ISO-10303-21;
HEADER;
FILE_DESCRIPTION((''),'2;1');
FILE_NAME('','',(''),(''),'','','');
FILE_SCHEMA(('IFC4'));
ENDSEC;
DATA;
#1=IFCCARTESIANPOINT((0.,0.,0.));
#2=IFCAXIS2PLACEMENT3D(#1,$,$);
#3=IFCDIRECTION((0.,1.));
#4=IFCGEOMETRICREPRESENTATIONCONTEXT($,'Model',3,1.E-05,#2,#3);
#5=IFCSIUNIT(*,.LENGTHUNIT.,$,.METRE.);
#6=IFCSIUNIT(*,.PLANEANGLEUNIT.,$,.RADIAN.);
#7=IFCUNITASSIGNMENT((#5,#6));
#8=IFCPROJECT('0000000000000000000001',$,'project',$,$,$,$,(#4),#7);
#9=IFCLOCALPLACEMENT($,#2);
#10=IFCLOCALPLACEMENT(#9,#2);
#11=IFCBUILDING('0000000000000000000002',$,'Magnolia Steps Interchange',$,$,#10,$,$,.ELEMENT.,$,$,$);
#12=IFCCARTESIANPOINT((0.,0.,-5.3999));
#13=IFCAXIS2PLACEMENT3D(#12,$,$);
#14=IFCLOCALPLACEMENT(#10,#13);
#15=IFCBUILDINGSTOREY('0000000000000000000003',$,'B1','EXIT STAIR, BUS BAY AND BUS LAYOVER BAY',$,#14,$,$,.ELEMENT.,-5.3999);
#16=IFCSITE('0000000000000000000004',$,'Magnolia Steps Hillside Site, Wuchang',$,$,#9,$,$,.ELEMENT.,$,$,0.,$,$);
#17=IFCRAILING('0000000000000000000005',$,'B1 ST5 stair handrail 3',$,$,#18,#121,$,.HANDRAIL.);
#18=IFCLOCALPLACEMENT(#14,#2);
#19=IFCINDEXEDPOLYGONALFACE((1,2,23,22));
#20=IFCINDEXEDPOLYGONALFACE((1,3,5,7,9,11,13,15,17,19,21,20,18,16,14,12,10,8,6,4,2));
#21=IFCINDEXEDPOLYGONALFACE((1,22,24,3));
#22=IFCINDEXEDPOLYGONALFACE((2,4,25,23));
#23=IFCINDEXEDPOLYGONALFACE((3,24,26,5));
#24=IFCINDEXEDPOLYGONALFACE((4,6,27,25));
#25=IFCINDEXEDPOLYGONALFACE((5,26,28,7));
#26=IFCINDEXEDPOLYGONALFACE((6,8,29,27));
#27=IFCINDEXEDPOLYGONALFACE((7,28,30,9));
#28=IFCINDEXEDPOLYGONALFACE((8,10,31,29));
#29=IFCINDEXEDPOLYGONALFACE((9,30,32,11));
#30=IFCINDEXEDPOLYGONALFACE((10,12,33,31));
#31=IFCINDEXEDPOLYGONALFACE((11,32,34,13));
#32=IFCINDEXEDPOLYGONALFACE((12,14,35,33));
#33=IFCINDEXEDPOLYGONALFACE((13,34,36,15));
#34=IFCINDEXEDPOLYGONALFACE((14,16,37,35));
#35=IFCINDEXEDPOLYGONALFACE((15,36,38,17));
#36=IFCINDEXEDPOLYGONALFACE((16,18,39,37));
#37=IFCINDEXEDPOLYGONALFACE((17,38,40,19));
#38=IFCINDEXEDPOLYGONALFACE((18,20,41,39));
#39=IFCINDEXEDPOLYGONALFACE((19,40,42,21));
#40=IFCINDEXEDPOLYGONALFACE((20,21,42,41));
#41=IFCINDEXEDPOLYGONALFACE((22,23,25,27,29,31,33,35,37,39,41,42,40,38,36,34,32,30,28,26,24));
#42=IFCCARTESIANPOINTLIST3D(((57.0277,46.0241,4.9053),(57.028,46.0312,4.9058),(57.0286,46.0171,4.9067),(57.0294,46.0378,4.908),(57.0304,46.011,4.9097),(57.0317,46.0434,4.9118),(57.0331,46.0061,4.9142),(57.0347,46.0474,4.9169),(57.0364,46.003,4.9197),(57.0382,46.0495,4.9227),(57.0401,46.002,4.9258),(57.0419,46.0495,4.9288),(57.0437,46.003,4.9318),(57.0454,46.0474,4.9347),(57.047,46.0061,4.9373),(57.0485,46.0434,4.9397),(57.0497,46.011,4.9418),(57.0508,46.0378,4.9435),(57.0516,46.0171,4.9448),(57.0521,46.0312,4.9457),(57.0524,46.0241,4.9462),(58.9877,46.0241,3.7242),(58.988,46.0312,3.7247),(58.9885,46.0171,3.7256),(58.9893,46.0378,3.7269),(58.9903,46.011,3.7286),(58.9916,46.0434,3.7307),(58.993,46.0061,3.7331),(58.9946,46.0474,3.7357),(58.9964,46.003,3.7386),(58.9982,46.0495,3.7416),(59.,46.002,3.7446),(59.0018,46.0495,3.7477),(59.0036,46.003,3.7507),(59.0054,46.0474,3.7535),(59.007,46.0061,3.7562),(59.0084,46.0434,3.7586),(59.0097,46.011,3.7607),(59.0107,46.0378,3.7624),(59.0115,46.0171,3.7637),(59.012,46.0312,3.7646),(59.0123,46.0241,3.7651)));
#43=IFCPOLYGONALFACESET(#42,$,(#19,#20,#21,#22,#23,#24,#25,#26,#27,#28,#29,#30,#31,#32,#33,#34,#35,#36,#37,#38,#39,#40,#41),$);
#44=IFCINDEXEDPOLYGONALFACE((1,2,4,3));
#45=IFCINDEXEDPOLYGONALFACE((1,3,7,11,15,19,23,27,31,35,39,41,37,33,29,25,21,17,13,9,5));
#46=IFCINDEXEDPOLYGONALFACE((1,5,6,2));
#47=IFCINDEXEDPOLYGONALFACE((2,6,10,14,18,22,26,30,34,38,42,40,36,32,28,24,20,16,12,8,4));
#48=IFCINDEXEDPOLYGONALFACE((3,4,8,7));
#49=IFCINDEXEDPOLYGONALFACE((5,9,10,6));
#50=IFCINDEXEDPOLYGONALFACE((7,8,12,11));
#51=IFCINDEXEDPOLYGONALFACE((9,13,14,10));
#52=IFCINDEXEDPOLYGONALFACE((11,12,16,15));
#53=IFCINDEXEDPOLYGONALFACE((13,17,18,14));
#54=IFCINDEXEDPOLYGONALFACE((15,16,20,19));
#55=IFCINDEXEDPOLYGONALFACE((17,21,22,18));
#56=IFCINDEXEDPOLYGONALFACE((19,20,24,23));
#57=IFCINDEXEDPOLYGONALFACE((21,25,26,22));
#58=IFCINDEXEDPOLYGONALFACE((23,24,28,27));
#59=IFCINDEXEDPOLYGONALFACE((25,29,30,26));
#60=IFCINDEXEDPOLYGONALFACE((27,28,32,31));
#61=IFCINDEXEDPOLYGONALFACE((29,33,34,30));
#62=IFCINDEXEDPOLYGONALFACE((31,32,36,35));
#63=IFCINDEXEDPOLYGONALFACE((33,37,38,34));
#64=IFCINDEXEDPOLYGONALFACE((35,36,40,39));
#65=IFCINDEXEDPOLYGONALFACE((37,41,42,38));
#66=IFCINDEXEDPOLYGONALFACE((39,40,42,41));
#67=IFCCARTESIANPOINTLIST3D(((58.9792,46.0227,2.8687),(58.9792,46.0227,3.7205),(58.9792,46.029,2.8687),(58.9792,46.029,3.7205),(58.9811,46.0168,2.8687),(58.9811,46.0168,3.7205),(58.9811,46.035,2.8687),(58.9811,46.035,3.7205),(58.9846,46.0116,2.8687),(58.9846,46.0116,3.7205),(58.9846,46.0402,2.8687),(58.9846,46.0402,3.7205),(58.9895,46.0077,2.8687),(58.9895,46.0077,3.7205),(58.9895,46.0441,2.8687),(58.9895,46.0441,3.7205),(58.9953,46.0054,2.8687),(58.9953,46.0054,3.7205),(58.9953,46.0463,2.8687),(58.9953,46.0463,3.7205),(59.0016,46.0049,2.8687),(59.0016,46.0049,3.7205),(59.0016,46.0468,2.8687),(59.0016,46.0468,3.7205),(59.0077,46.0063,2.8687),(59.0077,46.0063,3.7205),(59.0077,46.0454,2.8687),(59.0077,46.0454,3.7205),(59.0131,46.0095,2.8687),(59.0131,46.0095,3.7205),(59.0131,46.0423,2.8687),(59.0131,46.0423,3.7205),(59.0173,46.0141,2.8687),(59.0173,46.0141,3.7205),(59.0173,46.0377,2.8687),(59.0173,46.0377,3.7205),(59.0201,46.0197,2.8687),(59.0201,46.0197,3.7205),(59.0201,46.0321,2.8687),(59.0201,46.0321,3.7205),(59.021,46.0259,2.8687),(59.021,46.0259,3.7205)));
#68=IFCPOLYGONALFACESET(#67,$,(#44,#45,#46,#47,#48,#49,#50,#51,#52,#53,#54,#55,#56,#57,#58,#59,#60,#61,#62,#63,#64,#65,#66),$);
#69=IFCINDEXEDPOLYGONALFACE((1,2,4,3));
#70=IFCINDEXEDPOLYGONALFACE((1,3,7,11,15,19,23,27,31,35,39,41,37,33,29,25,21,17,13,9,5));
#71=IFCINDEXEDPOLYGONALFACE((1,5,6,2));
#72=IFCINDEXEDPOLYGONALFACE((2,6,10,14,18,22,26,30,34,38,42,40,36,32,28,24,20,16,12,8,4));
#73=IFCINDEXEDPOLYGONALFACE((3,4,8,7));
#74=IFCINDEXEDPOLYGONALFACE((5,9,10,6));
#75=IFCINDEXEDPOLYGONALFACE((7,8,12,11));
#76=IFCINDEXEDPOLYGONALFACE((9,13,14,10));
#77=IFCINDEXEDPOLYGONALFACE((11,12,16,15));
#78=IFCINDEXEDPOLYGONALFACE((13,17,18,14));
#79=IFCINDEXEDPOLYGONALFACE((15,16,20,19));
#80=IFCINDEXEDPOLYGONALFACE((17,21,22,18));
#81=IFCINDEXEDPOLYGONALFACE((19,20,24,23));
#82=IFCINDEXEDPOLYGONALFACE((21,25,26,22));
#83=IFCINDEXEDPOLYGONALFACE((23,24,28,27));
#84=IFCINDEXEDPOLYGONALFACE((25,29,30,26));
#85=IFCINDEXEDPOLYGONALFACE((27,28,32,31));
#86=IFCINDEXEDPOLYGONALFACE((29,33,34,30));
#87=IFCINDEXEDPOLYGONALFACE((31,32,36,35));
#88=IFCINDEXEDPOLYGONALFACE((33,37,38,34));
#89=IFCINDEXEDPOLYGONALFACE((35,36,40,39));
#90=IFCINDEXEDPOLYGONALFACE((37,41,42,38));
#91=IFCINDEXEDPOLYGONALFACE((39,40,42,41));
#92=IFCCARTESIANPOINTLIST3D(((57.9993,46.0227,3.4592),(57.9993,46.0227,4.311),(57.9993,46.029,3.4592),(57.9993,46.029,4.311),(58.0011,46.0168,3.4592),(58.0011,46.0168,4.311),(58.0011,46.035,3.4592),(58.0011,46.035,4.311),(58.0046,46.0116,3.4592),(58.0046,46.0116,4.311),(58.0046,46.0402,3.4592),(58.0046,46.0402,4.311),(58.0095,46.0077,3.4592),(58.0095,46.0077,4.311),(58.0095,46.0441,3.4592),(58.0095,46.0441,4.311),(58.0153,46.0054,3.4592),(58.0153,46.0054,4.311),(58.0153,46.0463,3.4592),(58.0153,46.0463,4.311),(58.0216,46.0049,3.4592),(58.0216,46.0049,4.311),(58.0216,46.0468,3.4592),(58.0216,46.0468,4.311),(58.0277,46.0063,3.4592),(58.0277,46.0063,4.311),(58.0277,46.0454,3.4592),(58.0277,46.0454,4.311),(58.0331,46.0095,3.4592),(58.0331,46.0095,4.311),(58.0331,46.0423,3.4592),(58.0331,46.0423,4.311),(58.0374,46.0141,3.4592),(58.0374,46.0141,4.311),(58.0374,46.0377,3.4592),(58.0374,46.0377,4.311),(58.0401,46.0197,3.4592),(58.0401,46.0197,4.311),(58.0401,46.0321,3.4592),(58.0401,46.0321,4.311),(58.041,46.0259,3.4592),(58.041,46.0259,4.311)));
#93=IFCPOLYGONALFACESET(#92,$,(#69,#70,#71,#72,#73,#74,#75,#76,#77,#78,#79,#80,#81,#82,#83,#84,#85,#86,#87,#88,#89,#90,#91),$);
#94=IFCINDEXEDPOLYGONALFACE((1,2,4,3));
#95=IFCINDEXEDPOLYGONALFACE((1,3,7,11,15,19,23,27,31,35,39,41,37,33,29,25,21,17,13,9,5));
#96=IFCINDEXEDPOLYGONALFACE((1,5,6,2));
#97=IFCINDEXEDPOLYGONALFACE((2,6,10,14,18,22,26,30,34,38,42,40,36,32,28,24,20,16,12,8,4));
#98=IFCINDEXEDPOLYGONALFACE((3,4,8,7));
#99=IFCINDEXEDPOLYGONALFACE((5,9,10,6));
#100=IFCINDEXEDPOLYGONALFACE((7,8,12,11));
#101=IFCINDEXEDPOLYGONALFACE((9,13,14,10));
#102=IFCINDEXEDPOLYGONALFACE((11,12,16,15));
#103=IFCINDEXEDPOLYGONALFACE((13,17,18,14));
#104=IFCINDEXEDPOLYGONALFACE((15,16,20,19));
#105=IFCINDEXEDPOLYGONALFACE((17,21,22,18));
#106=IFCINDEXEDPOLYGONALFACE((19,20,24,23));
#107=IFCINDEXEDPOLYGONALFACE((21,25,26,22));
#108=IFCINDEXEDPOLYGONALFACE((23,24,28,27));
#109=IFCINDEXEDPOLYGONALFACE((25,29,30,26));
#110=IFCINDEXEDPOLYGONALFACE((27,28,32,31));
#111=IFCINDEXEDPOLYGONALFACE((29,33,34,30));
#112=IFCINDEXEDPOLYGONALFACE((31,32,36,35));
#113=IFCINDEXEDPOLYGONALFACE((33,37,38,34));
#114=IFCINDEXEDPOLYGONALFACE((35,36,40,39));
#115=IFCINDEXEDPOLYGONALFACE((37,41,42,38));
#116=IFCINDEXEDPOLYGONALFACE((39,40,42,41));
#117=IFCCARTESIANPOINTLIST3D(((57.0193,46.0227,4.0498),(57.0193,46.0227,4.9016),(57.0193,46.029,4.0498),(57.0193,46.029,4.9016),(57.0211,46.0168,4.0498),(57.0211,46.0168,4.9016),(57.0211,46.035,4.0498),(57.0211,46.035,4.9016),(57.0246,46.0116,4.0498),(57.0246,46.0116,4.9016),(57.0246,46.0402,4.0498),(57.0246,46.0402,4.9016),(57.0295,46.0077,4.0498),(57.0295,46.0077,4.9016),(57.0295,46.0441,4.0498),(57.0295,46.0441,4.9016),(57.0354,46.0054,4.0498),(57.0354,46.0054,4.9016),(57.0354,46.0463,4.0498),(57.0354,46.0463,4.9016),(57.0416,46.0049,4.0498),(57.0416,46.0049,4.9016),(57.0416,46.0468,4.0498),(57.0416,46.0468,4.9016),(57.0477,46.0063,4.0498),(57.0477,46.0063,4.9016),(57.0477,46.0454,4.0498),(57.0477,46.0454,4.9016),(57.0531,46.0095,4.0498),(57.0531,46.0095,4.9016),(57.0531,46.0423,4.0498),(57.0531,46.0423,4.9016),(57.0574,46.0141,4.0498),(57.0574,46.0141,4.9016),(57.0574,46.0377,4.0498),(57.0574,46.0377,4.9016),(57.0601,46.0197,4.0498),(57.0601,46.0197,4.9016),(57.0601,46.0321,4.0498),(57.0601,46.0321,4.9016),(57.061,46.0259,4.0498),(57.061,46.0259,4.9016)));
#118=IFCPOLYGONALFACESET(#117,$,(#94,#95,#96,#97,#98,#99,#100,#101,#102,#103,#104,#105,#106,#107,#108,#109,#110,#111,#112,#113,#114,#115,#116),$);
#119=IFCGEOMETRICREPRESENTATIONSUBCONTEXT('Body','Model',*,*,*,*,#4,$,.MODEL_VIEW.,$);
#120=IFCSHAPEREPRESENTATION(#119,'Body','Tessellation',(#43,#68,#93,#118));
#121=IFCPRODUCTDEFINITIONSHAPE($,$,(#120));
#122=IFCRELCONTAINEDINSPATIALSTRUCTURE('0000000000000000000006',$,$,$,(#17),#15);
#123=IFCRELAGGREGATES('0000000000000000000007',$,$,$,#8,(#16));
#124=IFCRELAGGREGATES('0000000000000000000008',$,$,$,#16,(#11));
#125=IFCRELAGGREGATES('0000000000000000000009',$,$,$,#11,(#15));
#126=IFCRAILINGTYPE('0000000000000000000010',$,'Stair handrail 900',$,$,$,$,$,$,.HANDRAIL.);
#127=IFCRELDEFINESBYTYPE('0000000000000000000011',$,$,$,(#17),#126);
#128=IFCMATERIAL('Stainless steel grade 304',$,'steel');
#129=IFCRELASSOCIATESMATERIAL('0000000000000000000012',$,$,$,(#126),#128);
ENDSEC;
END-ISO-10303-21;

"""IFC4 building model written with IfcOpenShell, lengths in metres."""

from ifc_helpers import new_model, si_unit, direction, frame, origin, origin_2d, place, context, subcontext, project, spatial, circle, extrude, material, type_object, element, save


model = new_model("IFC4")

# Units and contexts
model_context = context("Model", 3, precision=1e-05, world=origin(), true_north=direction((0.0, 1.0)))
body_context = subcontext(model_context, "Body", "Model", "MODEL_VIEW")
ifc_project = project(units=[si_unit("LENGTHUNIT", "METRE"), si_unit("PLANEANGLEUNIT", "RADIAN")], contexts=[model_context])

# Site, building, storey
site_placement = place(None, origin())
site = spatial("IfcSite", under=ifc_project, at=site_placement, Name="Magnolia Steps Hillside Site, Wuchang", CompositionType="ELEMENT", RefElevation=0.0)
building_placement = place(site_placement, origin())
building = spatial("IfcBuilding", under=site, at=building_placement, Name="Magnolia Steps Interchange", CompositionType="ELEMENT")
storey_placement = place(building_placement, frame((0.0, 0.0, -5.3999)))
storey = spatial("IfcBuildingStorey", under=building, at=storey_placement, Name="B1", Description="EXIT STAIR, BUS BAY AND BUS LAYOVER BAY", CompositionType="ELEMENT", Elevation=-5.3999)

# Railing
ifc_material_1 = material(Name="Stainless steel grade 304", Category="steel")
railing_type_1 = type_object("IfcRailingType", Name="Stair handrail 900", PredefinedType="HANDRAIL", material=ifc_material_1)
railing_1_placement = place(storey_placement, frame((59.0, 46.0259, 2.8687)))
element("IfcRailing", 1, at=railing_1_placement, inside=storey, type_object=railing_type_1, Name="B1 ST5 stair handrail 3", PredefinedType="HANDRAIL", context=body_context, shape_type="SweptSolid", body=[
    extrude(circle(Radius=0.0239, at=origin_2d()), frame((0.0, 0.0, 0.876), z_axis=(-0.856493, 0.0, 0.516158), x_axis=(0.0, -1.0, 0.0)), (0.0, 0.0, 1.0), 2.2883),
    extrude(circle(Radius=0.021, at=origin_2d()), origin(), (0.0, 0.0, 1.0), 0.8518),
    extrude(circle(Radius=0.021, at=origin_2d()), frame((-0.98, 0.0, 0.5906)), (0.0, 0.0, 1.0), 0.8518),
    extrude(circle(Radius=0.021, at=origin_2d()), frame((-1.96, 0.0, 1.1812)), (0.0, 0.0, 1.0), 0.8518),
])

save(model, "model.ifc")
